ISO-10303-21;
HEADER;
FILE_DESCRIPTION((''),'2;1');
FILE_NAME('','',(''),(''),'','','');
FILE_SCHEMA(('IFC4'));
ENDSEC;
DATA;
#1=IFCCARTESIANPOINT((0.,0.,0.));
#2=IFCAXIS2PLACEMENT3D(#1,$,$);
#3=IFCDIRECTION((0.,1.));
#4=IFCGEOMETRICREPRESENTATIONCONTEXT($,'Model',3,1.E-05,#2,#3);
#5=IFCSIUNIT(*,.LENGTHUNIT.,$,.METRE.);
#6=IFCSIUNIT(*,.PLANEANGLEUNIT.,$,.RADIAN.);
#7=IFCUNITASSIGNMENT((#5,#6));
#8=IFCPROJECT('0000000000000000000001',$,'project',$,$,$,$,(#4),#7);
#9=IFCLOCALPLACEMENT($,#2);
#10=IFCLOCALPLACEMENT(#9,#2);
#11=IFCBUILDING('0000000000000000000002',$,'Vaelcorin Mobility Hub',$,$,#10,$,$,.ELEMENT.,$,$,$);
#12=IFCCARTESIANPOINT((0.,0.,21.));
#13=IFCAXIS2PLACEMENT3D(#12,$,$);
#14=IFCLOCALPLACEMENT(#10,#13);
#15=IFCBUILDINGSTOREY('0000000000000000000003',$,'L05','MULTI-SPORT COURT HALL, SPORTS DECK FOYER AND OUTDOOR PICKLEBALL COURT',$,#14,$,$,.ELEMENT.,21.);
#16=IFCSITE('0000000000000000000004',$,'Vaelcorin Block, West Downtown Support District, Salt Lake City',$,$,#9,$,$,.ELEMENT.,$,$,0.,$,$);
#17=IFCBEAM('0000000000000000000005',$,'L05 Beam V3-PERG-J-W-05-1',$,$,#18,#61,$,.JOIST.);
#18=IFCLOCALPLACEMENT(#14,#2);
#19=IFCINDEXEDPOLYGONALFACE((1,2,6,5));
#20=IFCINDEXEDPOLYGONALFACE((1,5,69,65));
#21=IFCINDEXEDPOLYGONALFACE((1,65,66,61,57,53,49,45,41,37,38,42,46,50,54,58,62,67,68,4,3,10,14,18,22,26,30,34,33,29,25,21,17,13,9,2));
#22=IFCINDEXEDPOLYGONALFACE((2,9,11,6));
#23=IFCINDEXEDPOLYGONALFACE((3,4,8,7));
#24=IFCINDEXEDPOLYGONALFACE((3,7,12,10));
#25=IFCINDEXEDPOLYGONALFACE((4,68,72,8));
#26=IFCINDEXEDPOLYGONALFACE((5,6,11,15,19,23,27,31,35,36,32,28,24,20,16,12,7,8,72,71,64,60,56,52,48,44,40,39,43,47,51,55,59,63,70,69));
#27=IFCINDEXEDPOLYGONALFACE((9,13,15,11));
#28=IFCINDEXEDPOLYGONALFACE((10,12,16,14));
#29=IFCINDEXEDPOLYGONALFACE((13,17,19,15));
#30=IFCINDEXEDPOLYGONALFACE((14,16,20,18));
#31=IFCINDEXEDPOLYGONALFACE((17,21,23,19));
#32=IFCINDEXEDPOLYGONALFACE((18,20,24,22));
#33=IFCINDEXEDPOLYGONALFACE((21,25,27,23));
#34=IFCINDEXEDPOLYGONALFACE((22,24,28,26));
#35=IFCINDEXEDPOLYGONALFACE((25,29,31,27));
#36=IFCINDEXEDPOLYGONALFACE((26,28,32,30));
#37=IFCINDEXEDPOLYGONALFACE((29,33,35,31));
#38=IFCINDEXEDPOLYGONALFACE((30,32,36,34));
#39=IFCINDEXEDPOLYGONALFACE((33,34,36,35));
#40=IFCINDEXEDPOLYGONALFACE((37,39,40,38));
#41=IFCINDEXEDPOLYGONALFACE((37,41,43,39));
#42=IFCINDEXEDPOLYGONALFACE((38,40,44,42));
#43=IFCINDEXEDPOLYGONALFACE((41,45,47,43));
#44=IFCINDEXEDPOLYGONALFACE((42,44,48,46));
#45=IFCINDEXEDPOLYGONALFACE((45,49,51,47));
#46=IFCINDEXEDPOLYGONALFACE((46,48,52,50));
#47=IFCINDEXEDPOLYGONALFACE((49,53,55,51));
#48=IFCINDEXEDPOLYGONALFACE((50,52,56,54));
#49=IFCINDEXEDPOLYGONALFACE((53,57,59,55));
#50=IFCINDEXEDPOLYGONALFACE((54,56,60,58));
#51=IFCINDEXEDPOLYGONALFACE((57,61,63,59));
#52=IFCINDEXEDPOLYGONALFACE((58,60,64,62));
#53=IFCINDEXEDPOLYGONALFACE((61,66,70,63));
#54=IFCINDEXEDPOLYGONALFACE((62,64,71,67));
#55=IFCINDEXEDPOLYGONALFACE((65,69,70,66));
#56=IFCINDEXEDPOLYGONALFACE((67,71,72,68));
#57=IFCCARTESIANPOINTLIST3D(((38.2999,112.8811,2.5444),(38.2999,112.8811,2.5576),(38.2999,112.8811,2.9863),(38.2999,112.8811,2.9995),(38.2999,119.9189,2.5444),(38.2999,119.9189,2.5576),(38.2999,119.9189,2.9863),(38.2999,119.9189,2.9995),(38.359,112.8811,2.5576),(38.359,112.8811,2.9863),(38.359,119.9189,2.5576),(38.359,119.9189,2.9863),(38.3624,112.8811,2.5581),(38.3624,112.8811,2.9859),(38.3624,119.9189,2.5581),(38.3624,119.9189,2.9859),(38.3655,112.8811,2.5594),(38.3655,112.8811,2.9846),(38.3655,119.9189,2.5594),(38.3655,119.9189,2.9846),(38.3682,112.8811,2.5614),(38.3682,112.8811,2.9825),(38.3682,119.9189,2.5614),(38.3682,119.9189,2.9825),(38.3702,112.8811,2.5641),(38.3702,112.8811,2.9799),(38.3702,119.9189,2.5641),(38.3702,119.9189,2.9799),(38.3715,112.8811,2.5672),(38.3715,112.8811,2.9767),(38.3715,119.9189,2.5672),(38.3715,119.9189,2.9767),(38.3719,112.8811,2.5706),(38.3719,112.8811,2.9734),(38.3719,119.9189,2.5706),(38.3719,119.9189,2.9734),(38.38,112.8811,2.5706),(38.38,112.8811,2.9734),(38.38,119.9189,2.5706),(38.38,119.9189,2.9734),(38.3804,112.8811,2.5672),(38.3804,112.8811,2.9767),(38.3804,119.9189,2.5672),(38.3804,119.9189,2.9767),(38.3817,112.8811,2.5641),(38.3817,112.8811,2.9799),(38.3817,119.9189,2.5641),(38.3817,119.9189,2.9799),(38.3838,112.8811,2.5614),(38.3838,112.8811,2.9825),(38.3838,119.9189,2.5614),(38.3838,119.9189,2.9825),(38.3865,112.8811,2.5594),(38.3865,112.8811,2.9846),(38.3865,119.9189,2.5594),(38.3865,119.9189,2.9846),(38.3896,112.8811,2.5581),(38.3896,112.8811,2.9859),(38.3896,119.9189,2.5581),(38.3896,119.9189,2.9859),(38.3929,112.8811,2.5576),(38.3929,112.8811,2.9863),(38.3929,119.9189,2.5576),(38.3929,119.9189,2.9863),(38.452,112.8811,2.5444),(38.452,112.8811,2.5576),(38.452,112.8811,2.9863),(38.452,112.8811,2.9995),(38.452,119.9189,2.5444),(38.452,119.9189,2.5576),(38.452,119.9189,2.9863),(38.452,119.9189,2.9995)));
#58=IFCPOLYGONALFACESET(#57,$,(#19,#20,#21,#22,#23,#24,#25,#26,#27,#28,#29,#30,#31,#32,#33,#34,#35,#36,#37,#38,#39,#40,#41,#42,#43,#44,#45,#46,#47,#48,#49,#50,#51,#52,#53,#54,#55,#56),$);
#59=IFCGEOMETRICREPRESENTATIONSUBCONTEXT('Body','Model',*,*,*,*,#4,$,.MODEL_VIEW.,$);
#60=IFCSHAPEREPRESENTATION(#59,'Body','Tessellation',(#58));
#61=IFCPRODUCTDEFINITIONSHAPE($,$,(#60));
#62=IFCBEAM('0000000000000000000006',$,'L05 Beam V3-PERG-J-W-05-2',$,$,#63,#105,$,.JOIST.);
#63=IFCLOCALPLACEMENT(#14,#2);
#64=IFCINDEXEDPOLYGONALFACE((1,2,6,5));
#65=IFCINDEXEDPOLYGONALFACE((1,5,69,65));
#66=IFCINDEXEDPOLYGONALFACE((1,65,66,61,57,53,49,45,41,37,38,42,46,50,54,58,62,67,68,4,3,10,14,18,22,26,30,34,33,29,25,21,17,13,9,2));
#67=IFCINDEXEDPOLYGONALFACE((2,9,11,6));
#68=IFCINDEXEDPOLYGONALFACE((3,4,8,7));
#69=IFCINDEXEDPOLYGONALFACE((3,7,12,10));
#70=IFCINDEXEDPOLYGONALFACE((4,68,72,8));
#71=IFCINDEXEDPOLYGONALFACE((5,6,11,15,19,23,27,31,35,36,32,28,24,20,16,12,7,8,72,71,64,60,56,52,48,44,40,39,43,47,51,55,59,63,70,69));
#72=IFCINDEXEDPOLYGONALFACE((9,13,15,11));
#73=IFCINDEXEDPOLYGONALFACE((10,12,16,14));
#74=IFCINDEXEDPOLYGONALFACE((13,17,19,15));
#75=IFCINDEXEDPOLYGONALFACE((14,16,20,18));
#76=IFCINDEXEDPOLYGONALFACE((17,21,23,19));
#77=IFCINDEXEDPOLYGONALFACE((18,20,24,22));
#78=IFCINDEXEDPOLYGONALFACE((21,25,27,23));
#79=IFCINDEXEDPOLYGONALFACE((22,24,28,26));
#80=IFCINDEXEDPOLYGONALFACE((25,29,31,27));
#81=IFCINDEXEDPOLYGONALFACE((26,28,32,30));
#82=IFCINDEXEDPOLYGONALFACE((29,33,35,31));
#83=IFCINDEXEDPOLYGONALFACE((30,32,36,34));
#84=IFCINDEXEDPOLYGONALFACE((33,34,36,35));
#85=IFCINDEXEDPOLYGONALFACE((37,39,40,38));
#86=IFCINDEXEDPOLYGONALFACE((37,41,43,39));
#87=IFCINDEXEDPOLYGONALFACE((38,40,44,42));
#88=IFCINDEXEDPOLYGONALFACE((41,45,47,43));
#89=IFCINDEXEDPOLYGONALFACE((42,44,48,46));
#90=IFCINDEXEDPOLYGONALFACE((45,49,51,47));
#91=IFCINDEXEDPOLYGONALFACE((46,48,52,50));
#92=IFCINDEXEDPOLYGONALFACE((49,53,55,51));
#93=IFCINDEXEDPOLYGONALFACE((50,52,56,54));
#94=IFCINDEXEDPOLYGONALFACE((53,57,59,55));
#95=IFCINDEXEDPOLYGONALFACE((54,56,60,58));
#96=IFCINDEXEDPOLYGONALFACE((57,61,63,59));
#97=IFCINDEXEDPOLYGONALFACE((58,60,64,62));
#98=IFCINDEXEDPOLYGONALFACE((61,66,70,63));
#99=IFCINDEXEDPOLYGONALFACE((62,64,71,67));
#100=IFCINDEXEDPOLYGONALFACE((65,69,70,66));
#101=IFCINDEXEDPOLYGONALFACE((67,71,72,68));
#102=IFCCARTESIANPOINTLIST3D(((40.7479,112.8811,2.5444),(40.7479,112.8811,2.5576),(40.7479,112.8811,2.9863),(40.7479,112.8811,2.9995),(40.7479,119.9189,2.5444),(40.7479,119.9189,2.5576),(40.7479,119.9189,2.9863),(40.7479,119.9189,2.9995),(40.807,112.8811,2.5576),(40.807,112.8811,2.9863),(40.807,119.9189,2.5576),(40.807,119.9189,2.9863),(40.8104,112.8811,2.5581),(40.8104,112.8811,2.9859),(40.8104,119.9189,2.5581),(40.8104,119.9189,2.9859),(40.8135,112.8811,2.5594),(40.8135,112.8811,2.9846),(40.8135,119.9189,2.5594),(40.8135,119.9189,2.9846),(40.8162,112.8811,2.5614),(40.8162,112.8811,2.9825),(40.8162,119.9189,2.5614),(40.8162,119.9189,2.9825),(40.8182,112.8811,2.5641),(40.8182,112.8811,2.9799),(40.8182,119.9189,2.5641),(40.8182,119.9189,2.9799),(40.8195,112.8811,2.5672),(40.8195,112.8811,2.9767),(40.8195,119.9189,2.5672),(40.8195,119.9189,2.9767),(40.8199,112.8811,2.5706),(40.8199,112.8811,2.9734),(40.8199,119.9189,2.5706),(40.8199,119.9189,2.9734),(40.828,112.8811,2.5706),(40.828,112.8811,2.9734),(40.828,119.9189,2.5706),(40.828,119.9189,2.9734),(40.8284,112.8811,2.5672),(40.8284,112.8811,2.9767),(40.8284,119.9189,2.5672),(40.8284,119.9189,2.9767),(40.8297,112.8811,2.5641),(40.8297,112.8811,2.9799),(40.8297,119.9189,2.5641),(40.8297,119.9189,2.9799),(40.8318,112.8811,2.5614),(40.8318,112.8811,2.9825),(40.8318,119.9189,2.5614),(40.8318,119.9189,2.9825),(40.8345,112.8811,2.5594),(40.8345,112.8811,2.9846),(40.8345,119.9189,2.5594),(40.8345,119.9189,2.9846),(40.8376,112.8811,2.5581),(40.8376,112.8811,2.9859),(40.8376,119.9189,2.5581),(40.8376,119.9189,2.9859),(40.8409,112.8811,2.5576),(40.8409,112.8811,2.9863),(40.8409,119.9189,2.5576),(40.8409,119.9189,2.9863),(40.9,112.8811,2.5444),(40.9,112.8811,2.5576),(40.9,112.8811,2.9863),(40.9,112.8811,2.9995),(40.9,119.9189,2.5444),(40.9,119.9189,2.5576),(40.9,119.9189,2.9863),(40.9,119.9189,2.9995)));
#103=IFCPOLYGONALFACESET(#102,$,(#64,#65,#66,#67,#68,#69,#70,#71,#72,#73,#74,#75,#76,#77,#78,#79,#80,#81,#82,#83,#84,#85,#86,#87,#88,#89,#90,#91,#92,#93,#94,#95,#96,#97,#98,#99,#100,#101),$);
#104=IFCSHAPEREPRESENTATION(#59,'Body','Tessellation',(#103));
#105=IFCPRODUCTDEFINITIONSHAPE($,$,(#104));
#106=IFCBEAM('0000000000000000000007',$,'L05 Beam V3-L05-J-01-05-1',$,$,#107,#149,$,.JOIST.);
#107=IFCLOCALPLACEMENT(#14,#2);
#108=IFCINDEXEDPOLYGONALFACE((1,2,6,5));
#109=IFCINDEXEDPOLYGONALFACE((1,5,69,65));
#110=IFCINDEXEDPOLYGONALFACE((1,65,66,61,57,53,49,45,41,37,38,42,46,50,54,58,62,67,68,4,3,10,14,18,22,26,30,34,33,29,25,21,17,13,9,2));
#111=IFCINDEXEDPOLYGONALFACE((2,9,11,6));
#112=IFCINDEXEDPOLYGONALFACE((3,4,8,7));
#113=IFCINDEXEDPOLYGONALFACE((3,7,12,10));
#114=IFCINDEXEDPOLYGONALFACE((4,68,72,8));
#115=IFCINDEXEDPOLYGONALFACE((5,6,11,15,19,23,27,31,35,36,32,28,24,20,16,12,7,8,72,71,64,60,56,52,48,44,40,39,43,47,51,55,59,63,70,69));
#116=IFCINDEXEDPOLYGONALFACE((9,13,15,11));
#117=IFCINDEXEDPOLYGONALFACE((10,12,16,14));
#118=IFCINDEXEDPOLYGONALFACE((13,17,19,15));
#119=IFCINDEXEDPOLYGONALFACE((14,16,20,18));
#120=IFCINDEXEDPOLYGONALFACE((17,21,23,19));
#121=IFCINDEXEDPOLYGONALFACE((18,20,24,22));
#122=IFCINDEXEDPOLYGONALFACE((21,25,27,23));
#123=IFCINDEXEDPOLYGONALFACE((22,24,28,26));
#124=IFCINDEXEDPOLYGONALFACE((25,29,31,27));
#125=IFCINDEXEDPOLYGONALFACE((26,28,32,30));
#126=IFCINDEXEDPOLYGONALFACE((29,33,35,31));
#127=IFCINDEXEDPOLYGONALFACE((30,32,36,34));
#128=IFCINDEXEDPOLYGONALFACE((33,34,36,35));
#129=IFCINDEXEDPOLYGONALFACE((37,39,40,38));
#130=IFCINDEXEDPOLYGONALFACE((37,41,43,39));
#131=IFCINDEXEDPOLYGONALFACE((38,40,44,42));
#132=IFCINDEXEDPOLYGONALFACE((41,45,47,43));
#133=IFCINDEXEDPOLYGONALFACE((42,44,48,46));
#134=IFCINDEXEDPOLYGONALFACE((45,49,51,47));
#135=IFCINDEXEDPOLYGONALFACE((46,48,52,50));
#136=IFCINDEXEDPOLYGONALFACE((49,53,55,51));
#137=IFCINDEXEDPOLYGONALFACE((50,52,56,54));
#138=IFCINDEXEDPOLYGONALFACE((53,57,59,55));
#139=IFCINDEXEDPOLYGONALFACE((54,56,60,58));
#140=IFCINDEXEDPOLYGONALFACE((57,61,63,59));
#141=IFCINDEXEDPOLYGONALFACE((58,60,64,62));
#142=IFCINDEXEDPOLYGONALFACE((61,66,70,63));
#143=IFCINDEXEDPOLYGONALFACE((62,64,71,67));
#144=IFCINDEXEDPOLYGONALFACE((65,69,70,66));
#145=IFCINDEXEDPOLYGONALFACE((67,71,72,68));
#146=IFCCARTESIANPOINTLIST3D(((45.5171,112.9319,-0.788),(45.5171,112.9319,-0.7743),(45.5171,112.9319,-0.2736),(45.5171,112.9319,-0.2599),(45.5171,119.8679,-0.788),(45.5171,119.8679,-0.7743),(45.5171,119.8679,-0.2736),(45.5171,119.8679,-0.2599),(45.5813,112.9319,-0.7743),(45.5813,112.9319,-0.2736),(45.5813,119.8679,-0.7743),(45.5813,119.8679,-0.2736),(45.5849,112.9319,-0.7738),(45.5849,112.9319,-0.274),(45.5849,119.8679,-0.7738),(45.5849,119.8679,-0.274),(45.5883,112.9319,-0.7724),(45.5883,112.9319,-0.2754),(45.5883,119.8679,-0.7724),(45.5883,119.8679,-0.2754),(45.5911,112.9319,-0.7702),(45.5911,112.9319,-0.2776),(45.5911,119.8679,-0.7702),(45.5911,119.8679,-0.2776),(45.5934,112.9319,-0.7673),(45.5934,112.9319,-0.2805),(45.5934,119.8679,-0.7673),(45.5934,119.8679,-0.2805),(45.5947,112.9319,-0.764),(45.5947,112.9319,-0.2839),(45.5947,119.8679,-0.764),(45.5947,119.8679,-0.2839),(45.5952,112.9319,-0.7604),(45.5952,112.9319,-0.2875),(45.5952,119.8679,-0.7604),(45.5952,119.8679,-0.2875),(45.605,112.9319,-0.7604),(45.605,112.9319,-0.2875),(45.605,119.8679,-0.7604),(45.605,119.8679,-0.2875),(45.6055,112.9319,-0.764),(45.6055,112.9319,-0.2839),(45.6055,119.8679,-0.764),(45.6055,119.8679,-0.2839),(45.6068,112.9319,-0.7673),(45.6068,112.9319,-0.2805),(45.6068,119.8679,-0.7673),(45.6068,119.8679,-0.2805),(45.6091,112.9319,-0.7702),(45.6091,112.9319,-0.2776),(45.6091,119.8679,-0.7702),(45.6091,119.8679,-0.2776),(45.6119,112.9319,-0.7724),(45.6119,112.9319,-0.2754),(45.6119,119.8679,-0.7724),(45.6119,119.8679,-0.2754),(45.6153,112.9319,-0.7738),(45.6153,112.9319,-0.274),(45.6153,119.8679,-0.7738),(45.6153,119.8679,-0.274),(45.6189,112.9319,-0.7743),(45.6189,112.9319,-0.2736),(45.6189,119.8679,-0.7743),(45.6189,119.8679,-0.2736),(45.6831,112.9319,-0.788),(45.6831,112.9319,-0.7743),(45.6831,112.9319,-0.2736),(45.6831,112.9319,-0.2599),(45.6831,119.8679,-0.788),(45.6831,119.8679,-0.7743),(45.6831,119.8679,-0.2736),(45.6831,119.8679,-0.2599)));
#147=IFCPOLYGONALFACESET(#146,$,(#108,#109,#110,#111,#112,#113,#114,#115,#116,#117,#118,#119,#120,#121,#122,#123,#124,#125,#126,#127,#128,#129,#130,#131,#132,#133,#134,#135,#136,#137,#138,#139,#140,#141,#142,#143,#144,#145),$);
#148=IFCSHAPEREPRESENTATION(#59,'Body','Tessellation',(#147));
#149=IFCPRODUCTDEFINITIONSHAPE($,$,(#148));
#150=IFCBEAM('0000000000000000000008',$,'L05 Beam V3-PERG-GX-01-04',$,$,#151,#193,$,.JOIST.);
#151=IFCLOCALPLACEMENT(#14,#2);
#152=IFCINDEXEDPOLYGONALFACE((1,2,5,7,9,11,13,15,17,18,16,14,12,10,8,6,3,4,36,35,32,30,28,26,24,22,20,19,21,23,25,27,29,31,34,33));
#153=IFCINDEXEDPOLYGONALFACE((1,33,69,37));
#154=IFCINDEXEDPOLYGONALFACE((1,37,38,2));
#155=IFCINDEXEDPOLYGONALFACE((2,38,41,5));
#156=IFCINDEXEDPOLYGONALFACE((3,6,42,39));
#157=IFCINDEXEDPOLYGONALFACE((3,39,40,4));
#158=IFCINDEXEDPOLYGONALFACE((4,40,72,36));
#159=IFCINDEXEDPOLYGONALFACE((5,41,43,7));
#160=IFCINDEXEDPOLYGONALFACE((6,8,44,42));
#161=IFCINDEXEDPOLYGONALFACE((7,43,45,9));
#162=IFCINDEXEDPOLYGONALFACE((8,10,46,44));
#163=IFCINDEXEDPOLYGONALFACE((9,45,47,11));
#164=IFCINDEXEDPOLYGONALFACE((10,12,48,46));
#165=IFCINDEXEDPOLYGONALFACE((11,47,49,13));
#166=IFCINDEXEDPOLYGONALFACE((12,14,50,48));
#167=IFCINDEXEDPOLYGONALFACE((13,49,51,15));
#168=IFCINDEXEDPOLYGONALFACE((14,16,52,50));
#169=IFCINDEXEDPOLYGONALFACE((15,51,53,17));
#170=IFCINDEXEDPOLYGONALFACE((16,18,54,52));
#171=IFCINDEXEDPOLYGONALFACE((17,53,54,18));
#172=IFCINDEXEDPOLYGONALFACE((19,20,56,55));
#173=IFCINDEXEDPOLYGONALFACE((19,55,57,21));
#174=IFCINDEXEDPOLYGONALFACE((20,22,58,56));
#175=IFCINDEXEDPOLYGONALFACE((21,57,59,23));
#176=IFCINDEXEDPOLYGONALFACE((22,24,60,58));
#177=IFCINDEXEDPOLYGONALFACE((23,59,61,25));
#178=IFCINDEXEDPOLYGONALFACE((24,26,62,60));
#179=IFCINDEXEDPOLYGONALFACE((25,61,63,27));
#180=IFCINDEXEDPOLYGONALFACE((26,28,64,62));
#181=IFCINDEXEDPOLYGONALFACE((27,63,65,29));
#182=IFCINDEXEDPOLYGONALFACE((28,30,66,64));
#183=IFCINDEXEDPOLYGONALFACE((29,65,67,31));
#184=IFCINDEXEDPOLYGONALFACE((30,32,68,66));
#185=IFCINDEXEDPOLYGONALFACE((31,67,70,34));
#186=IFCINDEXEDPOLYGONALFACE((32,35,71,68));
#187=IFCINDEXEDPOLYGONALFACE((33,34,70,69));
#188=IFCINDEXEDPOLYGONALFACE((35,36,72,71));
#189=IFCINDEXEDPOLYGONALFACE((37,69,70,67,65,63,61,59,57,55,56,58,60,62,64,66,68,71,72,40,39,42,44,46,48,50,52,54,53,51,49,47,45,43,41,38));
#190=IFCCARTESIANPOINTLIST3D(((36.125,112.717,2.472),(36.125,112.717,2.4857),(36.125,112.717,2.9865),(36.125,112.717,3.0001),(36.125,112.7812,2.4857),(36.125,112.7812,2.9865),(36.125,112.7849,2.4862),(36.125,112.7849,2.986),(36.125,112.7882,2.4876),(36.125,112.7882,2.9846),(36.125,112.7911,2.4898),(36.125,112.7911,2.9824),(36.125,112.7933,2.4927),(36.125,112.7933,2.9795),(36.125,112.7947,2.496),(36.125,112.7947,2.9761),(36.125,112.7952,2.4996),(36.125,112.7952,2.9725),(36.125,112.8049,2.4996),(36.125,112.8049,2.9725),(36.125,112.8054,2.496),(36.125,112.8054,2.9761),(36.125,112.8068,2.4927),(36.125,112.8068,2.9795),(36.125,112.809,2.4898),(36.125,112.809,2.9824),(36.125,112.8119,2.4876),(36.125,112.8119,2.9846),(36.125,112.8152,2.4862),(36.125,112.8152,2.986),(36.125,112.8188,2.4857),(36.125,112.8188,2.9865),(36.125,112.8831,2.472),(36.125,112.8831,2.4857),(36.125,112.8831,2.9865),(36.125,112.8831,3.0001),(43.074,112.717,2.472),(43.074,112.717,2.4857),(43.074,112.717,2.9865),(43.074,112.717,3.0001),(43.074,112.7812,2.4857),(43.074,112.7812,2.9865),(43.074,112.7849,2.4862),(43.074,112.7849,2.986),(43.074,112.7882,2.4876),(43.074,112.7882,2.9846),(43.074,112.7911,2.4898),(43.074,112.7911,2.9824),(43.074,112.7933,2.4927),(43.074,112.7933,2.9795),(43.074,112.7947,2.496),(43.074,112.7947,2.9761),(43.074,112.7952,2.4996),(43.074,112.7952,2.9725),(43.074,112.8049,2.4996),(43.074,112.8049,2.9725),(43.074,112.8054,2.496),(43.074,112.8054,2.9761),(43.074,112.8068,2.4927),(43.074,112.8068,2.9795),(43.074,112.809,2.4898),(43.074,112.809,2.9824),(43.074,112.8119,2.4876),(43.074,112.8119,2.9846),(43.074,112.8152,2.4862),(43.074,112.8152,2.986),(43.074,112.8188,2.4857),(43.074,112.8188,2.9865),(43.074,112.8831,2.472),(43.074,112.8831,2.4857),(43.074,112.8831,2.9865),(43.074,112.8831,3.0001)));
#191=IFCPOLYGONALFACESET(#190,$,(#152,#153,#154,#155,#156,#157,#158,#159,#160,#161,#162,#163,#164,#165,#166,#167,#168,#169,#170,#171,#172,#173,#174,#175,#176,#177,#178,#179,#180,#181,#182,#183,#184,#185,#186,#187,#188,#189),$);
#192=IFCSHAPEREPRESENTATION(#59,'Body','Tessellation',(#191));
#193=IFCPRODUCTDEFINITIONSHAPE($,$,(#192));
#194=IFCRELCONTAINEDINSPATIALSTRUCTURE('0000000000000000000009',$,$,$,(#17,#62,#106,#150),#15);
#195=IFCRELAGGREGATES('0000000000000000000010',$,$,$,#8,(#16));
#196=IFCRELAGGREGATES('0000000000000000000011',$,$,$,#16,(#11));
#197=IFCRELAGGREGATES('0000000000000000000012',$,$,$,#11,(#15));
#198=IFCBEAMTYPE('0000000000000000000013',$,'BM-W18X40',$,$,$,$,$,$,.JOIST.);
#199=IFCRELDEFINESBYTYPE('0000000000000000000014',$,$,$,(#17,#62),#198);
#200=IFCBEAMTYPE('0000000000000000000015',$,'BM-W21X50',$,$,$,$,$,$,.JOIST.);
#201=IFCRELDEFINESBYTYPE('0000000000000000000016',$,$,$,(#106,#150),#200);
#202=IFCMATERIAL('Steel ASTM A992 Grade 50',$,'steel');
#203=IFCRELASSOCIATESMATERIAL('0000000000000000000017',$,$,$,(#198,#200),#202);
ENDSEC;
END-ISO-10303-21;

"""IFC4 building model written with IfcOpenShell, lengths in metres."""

from ifc_helpers import new_model, si_unit, direction, frame, origin, origin_2d, place, context, subcontext, project, spatial, i_section, extrude, material, material_profile, profile_set, type_object, element, save


model = new_model("IFC4")

# Units and contexts
model_context = context("Model", 3, precision=1e-05, world=origin(), true_north=direction((0.0, 1.0)))
body_context = subcontext(model_context, "Body", "Model", "MODEL_VIEW")
ifc_project = project(units=[si_unit("LENGTHUNIT", "METRE"), si_unit("PLANEANGLEUNIT", "RADIAN")], contexts=[model_context])

# Site, building, storey
site_placement = place(None, origin())
site = spatial("IfcSite", under=ifc_project, at=site_placement, Name="Vaelcorin Block, West Downtown Support District, Salt Lake City", CompositionType="ELEMENT", RefElevation=0.0)
building_placement = place(site_placement, origin())
building = spatial("IfcBuilding", under=site, at=building_placement, Name="Vaelcorin Mobility Hub", CompositionType="ELEMENT")
storey_placement = place(building_placement, frame((0.0, 0.0, 21.0)))
storey = spatial("IfcBuildingStorey", under=building, at=storey_placement, Name="L05", Description="MULTI-SPORT COURT HALL, SPORTS DECK FOYER AND OUTDOOR PICKLEBALL COURT", CompositionType="ELEMENT", Elevation=21.0)

# Shared definitions
ifc_material_1 = material(Name="Steel ASTM A992 Grade 50", Category="steel")

# Beams
ifc_material_profile_1 = material_profile(ifc_material_1, i_section(OverallWidth=0.1521, OverallDepth=0.4551, WebThickness=0.0081, FlangeThickness=0.0132, FilletRadius=0.0129, at=origin_2d()), Name="W18X40")
ifc_profile_set_1 = profile_set([ifc_material_profile_1], Name="Steel ASTM A992 Grade 50")
beam_type_1 = type_object("IfcBeamType", Name="BM-W18X40", PredefinedType="JOIST", material=ifc_profile_set_1)
for number, where, z_axis, x_axis, name in (
    (1, (38.376, 112.8811, 2.772), (0.0, 1.0, 0.0), (-1.0, 0.0, 0.0), "L05 Beam V3-PERG-J-W-05-1"),
    (2, (40.824, 112.8811, 2.772), (0.0, 1.0, 0.0), (-1.0, 0.0, 0.0), "L05 Beam V3-PERG-J-W-05-2"),
):
    element("IfcBeam", number, at=place(storey_placement, frame(where, z_axis=z_axis, x_axis=x_axis)), inside=storey, type_object=beam_type_1, Name=name, PredefinedType="JOIST", context=body_context, shape_type="SweptSolid", body=[
        extrude(i_section(OverallWidth=0.1521, OverallDepth=0.4551, WebThickness=0.0081, FlangeThickness=0.0132, FilletRadius=0.0129, at=origin_2d()), origin(), (0.0, 0.0, 1.0), 7.0378),
    ])
ifc_material_profile_2 = material_profile(ifc_material_1, i_section(OverallWidth=0.166, OverallDepth=0.5281, WebThickness=0.0098, FlangeThickness=0.0137, FilletRadius=0.0139, at=origin_2d()), Name="W21X50")
ifc_profile_set_2 = profile_set([ifc_material_profile_2], Name="Steel ASTM A992 Grade 50")
beam_type_2 = type_object("IfcBeamType", Name="BM-W21X50", PredefinedType="JOIST", material=ifc_profile_set_2)
beam_1_placement = place(storey_placement, frame((45.6001, 112.9319, -0.5239), z_axis=(0.0, 1.0, 0.0), x_axis=(-1.0, 0.0, 0.0)))
element("IfcBeam", 3, at=beam_1_placement, inside=storey, type_object=beam_type_2, Name="L05 Beam V3-L05-J-01-05-1", PredefinedType="JOIST", context=body_context, shape_type="SweptSolid", body=[
    extrude(i_section(OverallWidth=0.166, OverallDepth=0.5281, WebThickness=0.0098, FlangeThickness=0.0137, FilletRadius=0.0139, at=origin_2d()), origin(), (0.0, 0.0, 1.0), 6.936),
])
beam_2_placement = place(storey_placement, frame((36.125, 112.8, 2.7361), z_axis=(1.0, 0.0, 0.0), x_axis=(0.0, 1.0, 0.0)))
element("IfcBeam", 4, at=beam_2_placement, inside=storey, type_object=beam_type_2, Name="L05 Beam V3-PERG-GX-01-04", PredefinedType="JOIST", context=body_context, shape_type="SweptSolid", body=[
    extrude(i_section(OverallWidth=0.166, OverallDepth=0.5281, WebThickness=0.0098, FlangeThickness=0.0137, FilletRadius=0.0139, at=origin_2d()), origin(), (0.0, 0.0, 1.0), 6.949),
])

save(model, "model.ifc")
